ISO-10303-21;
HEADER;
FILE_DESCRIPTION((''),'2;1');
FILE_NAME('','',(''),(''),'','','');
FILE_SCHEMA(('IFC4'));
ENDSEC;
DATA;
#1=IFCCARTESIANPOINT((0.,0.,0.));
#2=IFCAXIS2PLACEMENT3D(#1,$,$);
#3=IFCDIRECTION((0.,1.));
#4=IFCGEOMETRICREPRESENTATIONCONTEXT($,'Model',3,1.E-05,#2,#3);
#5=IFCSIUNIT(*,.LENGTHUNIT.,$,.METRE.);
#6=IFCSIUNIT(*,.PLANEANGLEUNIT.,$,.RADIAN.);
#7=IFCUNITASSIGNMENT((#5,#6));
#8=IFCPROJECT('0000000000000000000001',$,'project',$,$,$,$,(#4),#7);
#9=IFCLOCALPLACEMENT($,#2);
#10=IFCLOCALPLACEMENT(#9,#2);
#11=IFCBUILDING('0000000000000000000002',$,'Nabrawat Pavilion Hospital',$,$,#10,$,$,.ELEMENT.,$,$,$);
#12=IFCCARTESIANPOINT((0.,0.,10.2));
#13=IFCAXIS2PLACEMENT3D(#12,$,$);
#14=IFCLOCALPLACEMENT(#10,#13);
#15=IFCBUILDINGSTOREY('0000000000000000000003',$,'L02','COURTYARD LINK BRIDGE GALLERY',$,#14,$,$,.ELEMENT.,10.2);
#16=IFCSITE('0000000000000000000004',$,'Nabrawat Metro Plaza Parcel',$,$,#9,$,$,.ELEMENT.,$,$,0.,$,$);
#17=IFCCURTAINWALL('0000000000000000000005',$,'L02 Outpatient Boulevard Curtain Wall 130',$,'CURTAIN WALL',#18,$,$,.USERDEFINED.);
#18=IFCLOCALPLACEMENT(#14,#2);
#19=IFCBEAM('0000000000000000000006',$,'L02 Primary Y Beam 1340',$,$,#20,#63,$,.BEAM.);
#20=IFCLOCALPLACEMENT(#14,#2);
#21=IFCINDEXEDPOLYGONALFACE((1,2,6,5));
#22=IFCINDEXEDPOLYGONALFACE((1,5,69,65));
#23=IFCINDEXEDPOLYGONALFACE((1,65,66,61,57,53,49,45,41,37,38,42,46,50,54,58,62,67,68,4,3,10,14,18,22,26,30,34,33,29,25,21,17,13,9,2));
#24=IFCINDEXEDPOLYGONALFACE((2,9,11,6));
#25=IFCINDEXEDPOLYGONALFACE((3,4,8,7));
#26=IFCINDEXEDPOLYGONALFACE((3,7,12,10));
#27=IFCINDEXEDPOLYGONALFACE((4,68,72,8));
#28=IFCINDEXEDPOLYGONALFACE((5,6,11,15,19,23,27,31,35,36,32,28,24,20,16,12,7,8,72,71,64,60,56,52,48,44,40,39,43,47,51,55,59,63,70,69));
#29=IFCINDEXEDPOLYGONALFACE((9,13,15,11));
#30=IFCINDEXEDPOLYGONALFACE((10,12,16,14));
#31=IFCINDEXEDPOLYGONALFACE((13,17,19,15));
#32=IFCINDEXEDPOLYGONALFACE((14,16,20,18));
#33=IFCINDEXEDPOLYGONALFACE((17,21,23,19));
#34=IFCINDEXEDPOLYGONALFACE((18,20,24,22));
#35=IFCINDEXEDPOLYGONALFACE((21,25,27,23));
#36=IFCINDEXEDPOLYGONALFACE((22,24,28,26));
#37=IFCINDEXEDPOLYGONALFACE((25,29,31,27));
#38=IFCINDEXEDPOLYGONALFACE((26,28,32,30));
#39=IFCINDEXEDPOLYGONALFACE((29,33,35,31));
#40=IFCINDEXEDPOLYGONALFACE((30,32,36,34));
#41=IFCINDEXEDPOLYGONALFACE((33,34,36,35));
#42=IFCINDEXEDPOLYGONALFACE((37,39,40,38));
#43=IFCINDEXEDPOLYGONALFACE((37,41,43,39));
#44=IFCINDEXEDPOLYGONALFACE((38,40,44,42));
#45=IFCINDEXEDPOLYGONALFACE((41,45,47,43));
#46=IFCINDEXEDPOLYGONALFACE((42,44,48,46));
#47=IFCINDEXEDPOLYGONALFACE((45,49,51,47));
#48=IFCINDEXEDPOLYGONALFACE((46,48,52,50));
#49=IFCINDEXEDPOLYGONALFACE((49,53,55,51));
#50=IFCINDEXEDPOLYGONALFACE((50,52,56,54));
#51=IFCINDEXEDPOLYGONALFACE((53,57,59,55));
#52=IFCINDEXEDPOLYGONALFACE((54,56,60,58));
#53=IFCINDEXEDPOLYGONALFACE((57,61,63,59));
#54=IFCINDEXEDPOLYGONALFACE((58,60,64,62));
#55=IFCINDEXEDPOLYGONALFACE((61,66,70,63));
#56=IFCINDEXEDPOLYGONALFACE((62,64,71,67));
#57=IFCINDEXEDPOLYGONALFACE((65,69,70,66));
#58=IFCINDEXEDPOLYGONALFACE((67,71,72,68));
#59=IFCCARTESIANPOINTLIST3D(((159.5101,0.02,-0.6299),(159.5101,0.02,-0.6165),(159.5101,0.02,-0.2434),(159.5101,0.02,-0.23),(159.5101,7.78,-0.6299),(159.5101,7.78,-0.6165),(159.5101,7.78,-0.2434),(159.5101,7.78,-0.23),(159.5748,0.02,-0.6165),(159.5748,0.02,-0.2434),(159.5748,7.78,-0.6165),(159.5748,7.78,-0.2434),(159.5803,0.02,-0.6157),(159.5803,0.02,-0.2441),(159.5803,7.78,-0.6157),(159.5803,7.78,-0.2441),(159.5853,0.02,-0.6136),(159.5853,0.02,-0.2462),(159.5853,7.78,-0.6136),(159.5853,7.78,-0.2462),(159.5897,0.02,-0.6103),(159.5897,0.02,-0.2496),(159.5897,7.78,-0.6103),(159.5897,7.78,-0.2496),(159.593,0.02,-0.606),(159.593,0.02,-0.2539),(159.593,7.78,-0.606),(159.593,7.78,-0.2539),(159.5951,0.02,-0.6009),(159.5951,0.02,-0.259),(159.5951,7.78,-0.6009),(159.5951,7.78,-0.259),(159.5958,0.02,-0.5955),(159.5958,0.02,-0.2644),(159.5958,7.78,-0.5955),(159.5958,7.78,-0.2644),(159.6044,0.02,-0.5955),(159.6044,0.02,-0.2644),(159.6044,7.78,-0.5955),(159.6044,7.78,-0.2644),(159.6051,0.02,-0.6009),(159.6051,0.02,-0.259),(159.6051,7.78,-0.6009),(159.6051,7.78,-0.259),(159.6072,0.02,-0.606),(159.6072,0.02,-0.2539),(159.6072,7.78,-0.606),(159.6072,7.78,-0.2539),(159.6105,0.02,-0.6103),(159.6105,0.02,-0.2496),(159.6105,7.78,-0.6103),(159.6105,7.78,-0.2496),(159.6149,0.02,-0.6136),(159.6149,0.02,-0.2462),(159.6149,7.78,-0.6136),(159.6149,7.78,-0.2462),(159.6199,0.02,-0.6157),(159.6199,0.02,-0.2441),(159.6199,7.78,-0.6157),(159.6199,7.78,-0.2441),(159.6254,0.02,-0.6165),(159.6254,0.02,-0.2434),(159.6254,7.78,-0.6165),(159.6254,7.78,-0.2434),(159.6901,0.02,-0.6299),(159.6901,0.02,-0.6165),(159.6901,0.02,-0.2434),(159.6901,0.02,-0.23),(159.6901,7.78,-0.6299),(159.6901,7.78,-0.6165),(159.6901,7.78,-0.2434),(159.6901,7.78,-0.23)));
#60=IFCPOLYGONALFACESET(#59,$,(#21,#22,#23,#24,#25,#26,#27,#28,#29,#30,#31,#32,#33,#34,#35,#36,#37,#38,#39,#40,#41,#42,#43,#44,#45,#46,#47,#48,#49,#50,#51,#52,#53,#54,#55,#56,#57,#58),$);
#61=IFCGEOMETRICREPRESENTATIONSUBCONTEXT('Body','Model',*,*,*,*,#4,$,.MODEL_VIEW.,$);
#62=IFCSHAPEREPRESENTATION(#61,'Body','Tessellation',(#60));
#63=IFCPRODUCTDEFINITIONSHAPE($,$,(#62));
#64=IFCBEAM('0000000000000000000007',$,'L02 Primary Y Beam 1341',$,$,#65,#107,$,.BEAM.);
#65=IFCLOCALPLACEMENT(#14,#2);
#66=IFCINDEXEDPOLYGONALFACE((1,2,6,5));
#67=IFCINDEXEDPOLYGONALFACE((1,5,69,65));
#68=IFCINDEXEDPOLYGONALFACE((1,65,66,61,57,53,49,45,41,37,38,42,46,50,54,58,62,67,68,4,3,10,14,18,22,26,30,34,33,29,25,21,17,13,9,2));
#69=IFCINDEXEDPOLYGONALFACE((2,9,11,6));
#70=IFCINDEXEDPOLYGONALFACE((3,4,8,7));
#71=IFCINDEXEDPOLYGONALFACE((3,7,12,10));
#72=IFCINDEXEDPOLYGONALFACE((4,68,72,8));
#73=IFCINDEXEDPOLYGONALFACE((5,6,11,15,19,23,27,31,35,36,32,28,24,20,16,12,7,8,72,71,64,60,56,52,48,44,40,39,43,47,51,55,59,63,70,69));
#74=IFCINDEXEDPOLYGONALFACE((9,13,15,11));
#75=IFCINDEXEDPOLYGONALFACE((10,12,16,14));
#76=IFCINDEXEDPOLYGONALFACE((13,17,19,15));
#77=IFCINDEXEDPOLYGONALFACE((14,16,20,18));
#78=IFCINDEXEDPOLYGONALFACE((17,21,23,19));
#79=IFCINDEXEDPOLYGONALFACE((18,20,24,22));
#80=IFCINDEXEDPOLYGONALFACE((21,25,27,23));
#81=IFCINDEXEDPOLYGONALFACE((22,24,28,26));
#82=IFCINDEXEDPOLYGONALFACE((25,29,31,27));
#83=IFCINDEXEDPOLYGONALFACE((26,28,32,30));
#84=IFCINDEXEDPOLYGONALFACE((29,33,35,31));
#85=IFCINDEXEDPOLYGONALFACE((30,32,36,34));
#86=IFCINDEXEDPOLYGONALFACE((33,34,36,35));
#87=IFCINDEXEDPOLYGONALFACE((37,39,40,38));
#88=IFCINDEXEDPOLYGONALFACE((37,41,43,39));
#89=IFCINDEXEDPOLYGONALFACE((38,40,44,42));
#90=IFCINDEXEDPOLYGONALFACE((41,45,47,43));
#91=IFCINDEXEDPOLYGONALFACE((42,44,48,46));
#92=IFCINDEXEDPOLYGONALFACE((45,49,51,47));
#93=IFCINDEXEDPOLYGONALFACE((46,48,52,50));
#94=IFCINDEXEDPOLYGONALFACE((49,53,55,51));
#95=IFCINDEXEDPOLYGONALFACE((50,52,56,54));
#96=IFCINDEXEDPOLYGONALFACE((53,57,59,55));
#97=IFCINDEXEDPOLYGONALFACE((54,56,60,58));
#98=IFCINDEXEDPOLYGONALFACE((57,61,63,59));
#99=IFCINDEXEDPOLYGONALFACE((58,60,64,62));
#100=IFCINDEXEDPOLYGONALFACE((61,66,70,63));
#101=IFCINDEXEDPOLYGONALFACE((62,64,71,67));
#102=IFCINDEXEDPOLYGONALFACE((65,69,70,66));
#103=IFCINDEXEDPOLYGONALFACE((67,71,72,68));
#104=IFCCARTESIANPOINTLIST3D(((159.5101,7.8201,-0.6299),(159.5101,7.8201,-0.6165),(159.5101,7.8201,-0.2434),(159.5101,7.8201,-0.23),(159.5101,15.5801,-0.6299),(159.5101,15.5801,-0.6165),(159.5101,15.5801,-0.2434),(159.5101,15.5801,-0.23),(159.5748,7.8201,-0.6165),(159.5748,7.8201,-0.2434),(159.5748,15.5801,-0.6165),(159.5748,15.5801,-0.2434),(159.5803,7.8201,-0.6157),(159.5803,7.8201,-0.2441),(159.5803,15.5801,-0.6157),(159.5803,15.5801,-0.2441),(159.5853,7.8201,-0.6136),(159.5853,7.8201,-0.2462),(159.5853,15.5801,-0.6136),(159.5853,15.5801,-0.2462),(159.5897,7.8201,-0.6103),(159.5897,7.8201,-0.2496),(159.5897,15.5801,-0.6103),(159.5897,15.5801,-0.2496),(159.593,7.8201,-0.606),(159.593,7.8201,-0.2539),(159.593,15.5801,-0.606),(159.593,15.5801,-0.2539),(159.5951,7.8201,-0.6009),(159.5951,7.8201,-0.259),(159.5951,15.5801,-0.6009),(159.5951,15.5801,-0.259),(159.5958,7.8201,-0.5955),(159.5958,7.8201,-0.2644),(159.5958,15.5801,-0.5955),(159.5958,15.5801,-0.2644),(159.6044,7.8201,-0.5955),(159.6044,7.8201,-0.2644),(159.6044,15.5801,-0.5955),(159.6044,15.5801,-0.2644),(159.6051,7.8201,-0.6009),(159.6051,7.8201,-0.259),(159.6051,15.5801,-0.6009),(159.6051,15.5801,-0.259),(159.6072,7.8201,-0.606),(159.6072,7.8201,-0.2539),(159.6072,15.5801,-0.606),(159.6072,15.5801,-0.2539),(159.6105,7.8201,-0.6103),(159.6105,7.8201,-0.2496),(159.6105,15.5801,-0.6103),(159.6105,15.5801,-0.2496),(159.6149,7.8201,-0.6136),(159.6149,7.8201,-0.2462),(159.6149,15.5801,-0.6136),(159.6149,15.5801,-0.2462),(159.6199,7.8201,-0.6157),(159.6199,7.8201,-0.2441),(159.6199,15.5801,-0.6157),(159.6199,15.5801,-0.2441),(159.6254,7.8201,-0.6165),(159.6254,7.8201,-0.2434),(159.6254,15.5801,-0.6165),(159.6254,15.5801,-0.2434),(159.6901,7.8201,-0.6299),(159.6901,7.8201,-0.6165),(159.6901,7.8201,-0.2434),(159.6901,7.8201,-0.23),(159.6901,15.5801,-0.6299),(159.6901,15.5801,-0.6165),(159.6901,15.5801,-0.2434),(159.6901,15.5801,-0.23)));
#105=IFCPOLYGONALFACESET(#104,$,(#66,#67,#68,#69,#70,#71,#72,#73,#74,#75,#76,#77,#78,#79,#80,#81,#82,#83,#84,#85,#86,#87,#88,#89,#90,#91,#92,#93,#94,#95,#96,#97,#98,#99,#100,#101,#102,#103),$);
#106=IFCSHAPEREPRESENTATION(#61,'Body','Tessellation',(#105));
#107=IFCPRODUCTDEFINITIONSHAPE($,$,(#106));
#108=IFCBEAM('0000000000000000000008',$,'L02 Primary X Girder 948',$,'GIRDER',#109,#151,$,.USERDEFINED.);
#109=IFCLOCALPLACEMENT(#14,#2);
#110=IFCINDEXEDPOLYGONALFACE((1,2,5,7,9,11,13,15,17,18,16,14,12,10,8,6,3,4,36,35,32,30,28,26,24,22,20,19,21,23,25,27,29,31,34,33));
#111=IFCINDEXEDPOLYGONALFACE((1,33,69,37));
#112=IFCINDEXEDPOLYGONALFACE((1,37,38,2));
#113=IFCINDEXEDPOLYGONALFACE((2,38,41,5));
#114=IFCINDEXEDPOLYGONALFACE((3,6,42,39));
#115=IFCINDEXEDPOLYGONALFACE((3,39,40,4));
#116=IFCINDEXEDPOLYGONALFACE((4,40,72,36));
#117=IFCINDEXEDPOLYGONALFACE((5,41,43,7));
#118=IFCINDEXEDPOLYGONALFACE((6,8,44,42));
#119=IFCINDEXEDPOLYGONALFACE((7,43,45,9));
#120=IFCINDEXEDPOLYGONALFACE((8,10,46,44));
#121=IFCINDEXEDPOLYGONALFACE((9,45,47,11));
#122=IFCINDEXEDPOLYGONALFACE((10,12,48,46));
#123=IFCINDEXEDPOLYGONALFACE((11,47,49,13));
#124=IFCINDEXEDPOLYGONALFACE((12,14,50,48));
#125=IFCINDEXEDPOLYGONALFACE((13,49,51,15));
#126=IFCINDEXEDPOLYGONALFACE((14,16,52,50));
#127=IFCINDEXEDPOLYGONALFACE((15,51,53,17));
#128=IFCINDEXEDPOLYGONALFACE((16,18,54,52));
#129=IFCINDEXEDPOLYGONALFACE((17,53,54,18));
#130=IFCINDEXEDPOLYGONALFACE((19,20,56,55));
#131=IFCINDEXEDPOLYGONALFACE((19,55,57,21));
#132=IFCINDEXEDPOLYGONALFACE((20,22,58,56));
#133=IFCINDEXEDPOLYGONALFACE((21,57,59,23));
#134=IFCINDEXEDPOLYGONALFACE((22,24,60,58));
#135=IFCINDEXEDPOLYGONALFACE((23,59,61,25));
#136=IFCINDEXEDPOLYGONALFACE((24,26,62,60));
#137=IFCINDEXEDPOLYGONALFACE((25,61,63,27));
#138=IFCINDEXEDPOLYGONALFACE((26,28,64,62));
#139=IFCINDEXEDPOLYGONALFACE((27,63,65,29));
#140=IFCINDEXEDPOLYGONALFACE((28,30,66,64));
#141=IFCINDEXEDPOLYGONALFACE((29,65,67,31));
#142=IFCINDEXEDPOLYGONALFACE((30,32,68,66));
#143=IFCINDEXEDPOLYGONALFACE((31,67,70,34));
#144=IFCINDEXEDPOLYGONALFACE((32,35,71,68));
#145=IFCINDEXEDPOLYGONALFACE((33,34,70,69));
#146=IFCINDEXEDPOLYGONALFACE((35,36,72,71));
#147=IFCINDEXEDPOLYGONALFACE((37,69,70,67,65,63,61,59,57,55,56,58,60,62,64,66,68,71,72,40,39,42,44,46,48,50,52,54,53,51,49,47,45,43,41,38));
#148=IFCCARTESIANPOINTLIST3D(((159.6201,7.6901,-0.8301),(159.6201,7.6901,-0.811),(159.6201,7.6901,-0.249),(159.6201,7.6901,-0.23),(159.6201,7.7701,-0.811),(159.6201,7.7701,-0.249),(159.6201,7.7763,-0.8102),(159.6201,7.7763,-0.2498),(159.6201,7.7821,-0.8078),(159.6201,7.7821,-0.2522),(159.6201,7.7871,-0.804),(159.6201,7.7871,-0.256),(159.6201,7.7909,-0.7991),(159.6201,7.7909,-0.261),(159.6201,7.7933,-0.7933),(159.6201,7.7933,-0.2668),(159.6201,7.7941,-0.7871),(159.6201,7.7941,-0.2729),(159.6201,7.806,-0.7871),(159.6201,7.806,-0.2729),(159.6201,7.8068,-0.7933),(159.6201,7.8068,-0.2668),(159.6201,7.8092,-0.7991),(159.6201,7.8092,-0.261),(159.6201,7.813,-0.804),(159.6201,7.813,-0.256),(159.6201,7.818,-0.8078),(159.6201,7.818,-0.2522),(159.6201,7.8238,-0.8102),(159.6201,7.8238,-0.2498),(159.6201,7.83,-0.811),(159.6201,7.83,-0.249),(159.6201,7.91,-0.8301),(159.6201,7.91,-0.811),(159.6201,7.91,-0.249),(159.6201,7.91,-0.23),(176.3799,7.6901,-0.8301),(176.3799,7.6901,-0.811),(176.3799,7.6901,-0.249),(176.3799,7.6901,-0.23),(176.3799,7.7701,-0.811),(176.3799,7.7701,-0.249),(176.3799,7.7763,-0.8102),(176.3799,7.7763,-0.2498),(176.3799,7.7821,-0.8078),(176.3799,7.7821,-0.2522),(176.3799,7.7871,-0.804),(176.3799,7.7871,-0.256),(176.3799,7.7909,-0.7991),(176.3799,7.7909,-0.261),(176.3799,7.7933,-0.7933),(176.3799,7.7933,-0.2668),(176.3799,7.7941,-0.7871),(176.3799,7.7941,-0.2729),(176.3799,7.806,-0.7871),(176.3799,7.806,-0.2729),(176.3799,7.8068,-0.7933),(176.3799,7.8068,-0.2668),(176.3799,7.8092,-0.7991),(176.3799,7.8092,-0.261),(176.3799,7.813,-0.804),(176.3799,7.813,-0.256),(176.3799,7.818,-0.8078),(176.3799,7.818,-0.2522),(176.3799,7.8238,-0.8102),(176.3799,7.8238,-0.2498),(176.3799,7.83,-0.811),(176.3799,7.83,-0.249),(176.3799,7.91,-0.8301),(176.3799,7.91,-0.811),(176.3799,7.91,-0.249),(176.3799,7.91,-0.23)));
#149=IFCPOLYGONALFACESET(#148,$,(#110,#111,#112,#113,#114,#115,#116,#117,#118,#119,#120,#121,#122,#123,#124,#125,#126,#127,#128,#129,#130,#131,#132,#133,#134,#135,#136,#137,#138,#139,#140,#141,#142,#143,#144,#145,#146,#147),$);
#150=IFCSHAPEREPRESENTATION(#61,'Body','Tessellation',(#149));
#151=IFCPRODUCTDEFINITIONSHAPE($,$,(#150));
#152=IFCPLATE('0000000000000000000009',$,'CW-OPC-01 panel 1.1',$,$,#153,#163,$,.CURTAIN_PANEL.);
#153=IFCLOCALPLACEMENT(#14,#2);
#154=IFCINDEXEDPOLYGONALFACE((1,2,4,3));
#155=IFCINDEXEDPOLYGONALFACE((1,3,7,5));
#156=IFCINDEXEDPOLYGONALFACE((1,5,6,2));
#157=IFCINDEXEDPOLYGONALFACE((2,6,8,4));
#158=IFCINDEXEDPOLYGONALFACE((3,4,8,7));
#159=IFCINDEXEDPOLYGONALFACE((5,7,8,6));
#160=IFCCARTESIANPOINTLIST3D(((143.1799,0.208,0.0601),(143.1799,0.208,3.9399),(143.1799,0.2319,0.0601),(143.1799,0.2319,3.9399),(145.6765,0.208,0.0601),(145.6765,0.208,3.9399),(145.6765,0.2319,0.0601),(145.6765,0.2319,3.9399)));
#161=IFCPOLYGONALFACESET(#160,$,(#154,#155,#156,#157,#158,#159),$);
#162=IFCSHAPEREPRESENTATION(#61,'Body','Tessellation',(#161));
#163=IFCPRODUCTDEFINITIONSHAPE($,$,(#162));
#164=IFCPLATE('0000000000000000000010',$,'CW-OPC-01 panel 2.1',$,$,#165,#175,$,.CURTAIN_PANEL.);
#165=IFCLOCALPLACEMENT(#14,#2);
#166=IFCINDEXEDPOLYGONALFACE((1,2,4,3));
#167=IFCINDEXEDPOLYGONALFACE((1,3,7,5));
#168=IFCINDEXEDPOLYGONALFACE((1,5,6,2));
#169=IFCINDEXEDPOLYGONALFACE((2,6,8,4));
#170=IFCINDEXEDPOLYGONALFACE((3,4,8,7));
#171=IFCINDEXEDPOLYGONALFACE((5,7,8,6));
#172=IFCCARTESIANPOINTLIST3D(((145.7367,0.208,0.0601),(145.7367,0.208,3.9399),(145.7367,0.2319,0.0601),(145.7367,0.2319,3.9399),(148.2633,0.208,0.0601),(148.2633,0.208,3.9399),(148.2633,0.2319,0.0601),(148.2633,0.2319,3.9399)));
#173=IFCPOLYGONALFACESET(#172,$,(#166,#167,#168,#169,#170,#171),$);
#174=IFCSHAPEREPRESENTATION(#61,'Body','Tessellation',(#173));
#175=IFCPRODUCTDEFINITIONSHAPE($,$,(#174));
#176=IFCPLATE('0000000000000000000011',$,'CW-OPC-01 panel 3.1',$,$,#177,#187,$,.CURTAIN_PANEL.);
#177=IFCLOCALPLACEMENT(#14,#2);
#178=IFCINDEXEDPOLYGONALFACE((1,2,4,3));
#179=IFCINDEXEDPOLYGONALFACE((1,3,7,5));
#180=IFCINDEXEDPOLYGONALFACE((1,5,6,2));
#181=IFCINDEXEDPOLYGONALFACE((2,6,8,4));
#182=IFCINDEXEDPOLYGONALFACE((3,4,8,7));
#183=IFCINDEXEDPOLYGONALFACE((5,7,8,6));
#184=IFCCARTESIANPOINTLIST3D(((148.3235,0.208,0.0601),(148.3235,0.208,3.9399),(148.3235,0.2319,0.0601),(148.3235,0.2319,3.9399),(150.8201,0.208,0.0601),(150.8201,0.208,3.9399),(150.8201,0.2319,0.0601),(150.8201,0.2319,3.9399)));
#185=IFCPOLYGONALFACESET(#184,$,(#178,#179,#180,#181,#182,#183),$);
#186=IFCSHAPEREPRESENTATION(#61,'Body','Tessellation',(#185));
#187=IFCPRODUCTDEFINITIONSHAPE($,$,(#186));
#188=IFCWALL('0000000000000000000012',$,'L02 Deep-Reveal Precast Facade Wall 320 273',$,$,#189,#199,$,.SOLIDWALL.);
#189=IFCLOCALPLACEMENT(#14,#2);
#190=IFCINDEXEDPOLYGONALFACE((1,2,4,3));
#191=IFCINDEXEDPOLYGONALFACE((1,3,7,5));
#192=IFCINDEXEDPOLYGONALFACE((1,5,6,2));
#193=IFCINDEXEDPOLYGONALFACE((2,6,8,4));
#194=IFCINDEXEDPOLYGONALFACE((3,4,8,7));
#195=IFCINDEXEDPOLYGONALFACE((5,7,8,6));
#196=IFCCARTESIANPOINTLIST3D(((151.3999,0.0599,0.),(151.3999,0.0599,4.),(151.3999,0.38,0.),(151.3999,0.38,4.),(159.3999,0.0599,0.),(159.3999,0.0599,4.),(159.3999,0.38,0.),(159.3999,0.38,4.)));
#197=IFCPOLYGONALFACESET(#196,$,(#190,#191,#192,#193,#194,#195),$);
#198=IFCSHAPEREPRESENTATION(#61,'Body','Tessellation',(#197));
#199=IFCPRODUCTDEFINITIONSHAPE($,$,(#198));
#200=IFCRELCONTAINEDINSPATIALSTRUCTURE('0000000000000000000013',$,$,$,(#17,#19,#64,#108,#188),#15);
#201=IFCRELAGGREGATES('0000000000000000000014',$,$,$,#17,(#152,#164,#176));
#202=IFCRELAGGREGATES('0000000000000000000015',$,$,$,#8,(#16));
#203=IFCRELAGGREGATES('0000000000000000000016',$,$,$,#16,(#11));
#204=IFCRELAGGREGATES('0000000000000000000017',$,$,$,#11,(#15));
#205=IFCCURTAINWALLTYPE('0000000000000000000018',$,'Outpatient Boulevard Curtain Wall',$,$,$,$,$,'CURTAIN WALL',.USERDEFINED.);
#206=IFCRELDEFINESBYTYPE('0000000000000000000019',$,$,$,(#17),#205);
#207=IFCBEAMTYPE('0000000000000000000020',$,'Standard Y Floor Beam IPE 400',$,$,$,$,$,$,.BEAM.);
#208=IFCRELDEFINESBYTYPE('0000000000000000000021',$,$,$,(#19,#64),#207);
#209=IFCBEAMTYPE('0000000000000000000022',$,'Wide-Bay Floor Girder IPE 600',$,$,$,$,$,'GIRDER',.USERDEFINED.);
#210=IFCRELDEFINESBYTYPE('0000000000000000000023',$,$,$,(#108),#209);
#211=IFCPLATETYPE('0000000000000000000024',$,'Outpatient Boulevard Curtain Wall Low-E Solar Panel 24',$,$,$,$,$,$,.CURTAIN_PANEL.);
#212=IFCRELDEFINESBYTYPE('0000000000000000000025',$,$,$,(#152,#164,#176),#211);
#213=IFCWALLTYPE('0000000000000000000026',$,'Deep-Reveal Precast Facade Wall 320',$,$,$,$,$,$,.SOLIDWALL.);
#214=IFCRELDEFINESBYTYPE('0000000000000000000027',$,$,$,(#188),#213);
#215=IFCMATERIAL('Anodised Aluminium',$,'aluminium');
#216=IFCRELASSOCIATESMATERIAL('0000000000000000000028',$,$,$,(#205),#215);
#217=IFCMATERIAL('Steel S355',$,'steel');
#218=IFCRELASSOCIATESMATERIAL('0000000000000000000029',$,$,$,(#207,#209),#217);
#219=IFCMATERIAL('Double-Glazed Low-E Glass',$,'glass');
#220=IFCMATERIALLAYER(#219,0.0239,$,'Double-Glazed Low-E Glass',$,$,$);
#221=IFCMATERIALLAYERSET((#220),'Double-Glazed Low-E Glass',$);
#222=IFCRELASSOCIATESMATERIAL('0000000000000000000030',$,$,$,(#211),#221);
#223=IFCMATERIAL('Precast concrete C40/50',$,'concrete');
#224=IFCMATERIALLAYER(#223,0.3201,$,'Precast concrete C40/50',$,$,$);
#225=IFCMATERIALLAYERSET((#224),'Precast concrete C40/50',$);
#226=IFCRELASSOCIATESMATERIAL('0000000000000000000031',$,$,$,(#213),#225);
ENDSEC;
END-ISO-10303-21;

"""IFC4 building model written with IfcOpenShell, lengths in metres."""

from ifc_helpers import new_model, si_unit, direction, frame, frame_2d, origin, origin_2d, place, context, subcontext, project, spatial, rectangle, i_section, extrude, material, layer, layer_set, material_profile, profile_set, type_object, element, aggregate, save


model = new_model("IFC4")

# Units and contexts
model_context = context("Model", 3, precision=1e-05, world=origin(), true_north=direction((0.0, 1.0)))
body_context = subcontext(model_context, "Body", "Model", "MODEL_VIEW")
ifc_project = project(units=[si_unit("LENGTHUNIT", "METRE"), si_unit("PLANEANGLEUNIT", "RADIAN")], contexts=[model_context])

# Site, building, storey
site_placement = place(None, origin())
site = spatial("IfcSite", under=ifc_project, at=site_placement, Name="Nabrawat Metro Plaza Parcel", CompositionType="ELEMENT", RefElevation=0.0)
building_placement = place(site_placement, origin())
building = spatial("IfcBuilding", under=site, at=building_placement, Name="Nabrawat Pavilion Hospital", CompositionType="ELEMENT")
storey_placement = place(building_placement, frame((0.0, 0.0, 10.2)))
storey = spatial("IfcBuildingStorey", under=building, at=storey_placement, Name="L02", Description="COURTYARD LINK BRIDGE GALLERY", CompositionType="ELEMENT", Elevation=10.2)

# Shared definitions
ifc_material_1 = material(Name="Steel S355", Category="steel")

# Curtain wall
ifc_material_2 = material(Name="Anodised Aluminium", Category="aluminium")
curtain_wall_type = type_object("IfcCurtainWallType", Name="Outpatient Boulevard Curtain Wall", ElementType="CURTAIN WALL", PredefinedType="USERDEFINED", material=ifc_material_2)
curtain_wall_placement = place(storey_placement, origin())
curtain_wall = element("IfcCurtainWall", 1, at=curtain_wall_placement, inside=storey, type_object=curtain_wall_type, Name="L02 Outpatient Boulevard Curtain Wall 130", ObjectType="CURTAIN WALL", PredefinedType="USERDEFINED")

# Beams
ifc_material_profile_1 = material_profile(ifc_material_1, i_section(OverallWidth=0.1799, OverallDepth=0.3999, WebThickness=0.0085, FlangeThickness=0.0134, FilletRadius=0.021, at=origin_2d()), Name="IPE 400")
ifc_profile_set_1 = profile_set([ifc_material_profile_1], Name="Steel S355")
beam_type_1 = type_object("IfcBeamType", Name="Standard Y Floor Beam IPE 400", PredefinedType="BEAM", material=ifc_profile_set_1)
for number, where, z_axis, x_axis, name in (
    (2, (159.6001, 0.02, -0.4299), (0.0, 1.0, 0.0), (-1.0, 0.0, 0.0), "L02 Primary Y Beam 1340"),
    (3, (159.6001, 7.8201, -0.4299), (0.0, 1.0, 0.0), (-1.0, 0.0, 0.0), "L02 Primary Y Beam 1341"),
):
    element("IfcBeam", number, at=place(storey_placement, frame(where, z_axis=z_axis, x_axis=x_axis)), inside=storey, type_object=beam_type_1, Name=name, PredefinedType="BEAM", context=body_context, shape_type="SweptSolid", body=[
        extrude(i_section(OverallWidth=0.1799, OverallDepth=0.3999, WebThickness=0.0085, FlangeThickness=0.0134, FilletRadius=0.021, at=origin_2d()), origin(), (0.0, 0.0, 1.0), 7.76),
    ])
ifc_material_profile_2 = material_profile(ifc_material_1, i_section(OverallWidth=0.22, OverallDepth=0.6001, WebThickness=0.012, FlangeThickness=0.019, FilletRadius=0.0239, at=origin_2d()), Name="IPE 600")
ifc_profile_set_2 = profile_set([ifc_material_profile_2], Name="Steel S355")
beam_type_2 = type_object("IfcBeamType", Name="Wide-Bay Floor Girder IPE 600", ElementType="GIRDER", PredefinedType="USERDEFINED", material=ifc_profile_set_2)
beam_1_placement = place(storey_placement, frame((159.6201, 7.8, -0.53), z_axis=(1.0, 0.0, 0.0), x_axis=(0.0, 1.0, 0.0)))
element("IfcBeam", 4, at=beam_1_placement, inside=storey, type_object=beam_type_2, Name="L02 Primary X Girder 948", ObjectType="GIRDER", PredefinedType="USERDEFINED", context=body_context, shape_type="SweptSolid", body=[
    extrude(i_section(OverallWidth=0.22, OverallDepth=0.6001, WebThickness=0.012, FlangeThickness=0.019, FilletRadius=0.0239, at=origin_2d()), origin(), (0.0, 0.0, 1.0), 16.7598),
])

# Plates
ifc_material_3 = material(Name="Double-Glazed Low-E Glass", Category="glass")
ifc_layer_1 = layer(ifc_material_3, 0.0239, Name="Double-Glazed Low-E Glass")
ifc_layer_set_1 = layer_set([ifc_layer_1], Name="Double-Glazed Low-E Glass")
plate_type = type_object("IfcPlateType", Name="Outpatient Boulevard Curtain Wall Low-E Solar Panel 24", PredefinedType="CURTAIN_PANEL", material=ifc_layer_set_1)
plate_1_placement = place(storey_placement, frame((144.4282, 0.22, 0.0601), z_axis=(0.0, 0.0, 1.0), x_axis=(1.0, 0.0, 0.0)))
plate_1 = element("IfcPlate", 5, at=plate_1_placement, type_object=plate_type, Name="CW-OPC-01 panel 1.1", PredefinedType="CURTAIN_PANEL", context=body_context, shape_type="SweptSolid", body=[
    extrude(rectangle(XDim=2.4966, YDim=0.0239, at=origin_2d()), origin(), (0.0, 0.0, 1.0), 3.8799),
])
plate_2_placement = place(storey_placement, frame((147.0, 0.22, 0.0601), z_axis=(0.0, 0.0, 1.0), x_axis=(1.0, 0.0, 0.0)))
plate_2 = element("IfcPlate", 6, at=plate_2_placement, type_object=plate_type, Name="CW-OPC-01 panel 2.1", PredefinedType="CURTAIN_PANEL", context=body_context, shape_type="SweptSolid", body=[
    extrude(rectangle(XDim=2.5266, YDim=0.0239, at=origin_2d()), origin(), (0.0, 0.0, 1.0), 3.8799),
])
plate_3_placement = place(storey_placement, frame((149.5718, 0.22, 0.0601), z_axis=(0.0, 0.0, 1.0), x_axis=(1.0, 0.0, 0.0)))
plate_3 = element("IfcPlate", 7, at=plate_3_placement, type_object=plate_type, Name="CW-OPC-01 panel 3.1", PredefinedType="CURTAIN_PANEL", context=body_context, shape_type="SweptSolid", body=[
    extrude(rectangle(XDim=2.4966, YDim=0.0239, at=origin_2d()), origin(), (0.0, 0.0, 1.0), 3.8799),
])
aggregate(curtain_wall, [plate_1, plate_2, plate_3])

# Wall
ifc_material_4 = material(Name="Precast concrete C40/50", Category="concrete")
ifc_layer_2 = layer(ifc_material_4, 0.3201, Name="Precast concrete C40/50")
ifc_layer_set_2 = layer_set([ifc_layer_2], Name="Precast concrete C40/50")
wall_type_1 = type_object("IfcWallType", Name="Deep-Reveal Precast Facade Wall 320", PredefinedType="SOLIDWALL", material=ifc_layer_set_2)
wall_1_placement = place(storey_placement, frame((151.3999, 0.22, 0.0), z_axis=(0.0, 0.0, 1.0), x_axis=(1.0, 0.0, 0.0)))
element("IfcWall", 8, at=wall_1_placement, inside=storey, type_object=wall_type_1, Name="L02 Deep-Reveal Precast Facade Wall 320 273", PredefinedType="SOLIDWALL", context=body_context, shape_type="SweptSolid", body=[
    extrude(rectangle(XDim=8.0, YDim=0.3201, at=frame_2d((4.0, 0.0))), origin(), (0.0, 0.0, 1.0), 4.0),
])

save(model, "model.ifc")
